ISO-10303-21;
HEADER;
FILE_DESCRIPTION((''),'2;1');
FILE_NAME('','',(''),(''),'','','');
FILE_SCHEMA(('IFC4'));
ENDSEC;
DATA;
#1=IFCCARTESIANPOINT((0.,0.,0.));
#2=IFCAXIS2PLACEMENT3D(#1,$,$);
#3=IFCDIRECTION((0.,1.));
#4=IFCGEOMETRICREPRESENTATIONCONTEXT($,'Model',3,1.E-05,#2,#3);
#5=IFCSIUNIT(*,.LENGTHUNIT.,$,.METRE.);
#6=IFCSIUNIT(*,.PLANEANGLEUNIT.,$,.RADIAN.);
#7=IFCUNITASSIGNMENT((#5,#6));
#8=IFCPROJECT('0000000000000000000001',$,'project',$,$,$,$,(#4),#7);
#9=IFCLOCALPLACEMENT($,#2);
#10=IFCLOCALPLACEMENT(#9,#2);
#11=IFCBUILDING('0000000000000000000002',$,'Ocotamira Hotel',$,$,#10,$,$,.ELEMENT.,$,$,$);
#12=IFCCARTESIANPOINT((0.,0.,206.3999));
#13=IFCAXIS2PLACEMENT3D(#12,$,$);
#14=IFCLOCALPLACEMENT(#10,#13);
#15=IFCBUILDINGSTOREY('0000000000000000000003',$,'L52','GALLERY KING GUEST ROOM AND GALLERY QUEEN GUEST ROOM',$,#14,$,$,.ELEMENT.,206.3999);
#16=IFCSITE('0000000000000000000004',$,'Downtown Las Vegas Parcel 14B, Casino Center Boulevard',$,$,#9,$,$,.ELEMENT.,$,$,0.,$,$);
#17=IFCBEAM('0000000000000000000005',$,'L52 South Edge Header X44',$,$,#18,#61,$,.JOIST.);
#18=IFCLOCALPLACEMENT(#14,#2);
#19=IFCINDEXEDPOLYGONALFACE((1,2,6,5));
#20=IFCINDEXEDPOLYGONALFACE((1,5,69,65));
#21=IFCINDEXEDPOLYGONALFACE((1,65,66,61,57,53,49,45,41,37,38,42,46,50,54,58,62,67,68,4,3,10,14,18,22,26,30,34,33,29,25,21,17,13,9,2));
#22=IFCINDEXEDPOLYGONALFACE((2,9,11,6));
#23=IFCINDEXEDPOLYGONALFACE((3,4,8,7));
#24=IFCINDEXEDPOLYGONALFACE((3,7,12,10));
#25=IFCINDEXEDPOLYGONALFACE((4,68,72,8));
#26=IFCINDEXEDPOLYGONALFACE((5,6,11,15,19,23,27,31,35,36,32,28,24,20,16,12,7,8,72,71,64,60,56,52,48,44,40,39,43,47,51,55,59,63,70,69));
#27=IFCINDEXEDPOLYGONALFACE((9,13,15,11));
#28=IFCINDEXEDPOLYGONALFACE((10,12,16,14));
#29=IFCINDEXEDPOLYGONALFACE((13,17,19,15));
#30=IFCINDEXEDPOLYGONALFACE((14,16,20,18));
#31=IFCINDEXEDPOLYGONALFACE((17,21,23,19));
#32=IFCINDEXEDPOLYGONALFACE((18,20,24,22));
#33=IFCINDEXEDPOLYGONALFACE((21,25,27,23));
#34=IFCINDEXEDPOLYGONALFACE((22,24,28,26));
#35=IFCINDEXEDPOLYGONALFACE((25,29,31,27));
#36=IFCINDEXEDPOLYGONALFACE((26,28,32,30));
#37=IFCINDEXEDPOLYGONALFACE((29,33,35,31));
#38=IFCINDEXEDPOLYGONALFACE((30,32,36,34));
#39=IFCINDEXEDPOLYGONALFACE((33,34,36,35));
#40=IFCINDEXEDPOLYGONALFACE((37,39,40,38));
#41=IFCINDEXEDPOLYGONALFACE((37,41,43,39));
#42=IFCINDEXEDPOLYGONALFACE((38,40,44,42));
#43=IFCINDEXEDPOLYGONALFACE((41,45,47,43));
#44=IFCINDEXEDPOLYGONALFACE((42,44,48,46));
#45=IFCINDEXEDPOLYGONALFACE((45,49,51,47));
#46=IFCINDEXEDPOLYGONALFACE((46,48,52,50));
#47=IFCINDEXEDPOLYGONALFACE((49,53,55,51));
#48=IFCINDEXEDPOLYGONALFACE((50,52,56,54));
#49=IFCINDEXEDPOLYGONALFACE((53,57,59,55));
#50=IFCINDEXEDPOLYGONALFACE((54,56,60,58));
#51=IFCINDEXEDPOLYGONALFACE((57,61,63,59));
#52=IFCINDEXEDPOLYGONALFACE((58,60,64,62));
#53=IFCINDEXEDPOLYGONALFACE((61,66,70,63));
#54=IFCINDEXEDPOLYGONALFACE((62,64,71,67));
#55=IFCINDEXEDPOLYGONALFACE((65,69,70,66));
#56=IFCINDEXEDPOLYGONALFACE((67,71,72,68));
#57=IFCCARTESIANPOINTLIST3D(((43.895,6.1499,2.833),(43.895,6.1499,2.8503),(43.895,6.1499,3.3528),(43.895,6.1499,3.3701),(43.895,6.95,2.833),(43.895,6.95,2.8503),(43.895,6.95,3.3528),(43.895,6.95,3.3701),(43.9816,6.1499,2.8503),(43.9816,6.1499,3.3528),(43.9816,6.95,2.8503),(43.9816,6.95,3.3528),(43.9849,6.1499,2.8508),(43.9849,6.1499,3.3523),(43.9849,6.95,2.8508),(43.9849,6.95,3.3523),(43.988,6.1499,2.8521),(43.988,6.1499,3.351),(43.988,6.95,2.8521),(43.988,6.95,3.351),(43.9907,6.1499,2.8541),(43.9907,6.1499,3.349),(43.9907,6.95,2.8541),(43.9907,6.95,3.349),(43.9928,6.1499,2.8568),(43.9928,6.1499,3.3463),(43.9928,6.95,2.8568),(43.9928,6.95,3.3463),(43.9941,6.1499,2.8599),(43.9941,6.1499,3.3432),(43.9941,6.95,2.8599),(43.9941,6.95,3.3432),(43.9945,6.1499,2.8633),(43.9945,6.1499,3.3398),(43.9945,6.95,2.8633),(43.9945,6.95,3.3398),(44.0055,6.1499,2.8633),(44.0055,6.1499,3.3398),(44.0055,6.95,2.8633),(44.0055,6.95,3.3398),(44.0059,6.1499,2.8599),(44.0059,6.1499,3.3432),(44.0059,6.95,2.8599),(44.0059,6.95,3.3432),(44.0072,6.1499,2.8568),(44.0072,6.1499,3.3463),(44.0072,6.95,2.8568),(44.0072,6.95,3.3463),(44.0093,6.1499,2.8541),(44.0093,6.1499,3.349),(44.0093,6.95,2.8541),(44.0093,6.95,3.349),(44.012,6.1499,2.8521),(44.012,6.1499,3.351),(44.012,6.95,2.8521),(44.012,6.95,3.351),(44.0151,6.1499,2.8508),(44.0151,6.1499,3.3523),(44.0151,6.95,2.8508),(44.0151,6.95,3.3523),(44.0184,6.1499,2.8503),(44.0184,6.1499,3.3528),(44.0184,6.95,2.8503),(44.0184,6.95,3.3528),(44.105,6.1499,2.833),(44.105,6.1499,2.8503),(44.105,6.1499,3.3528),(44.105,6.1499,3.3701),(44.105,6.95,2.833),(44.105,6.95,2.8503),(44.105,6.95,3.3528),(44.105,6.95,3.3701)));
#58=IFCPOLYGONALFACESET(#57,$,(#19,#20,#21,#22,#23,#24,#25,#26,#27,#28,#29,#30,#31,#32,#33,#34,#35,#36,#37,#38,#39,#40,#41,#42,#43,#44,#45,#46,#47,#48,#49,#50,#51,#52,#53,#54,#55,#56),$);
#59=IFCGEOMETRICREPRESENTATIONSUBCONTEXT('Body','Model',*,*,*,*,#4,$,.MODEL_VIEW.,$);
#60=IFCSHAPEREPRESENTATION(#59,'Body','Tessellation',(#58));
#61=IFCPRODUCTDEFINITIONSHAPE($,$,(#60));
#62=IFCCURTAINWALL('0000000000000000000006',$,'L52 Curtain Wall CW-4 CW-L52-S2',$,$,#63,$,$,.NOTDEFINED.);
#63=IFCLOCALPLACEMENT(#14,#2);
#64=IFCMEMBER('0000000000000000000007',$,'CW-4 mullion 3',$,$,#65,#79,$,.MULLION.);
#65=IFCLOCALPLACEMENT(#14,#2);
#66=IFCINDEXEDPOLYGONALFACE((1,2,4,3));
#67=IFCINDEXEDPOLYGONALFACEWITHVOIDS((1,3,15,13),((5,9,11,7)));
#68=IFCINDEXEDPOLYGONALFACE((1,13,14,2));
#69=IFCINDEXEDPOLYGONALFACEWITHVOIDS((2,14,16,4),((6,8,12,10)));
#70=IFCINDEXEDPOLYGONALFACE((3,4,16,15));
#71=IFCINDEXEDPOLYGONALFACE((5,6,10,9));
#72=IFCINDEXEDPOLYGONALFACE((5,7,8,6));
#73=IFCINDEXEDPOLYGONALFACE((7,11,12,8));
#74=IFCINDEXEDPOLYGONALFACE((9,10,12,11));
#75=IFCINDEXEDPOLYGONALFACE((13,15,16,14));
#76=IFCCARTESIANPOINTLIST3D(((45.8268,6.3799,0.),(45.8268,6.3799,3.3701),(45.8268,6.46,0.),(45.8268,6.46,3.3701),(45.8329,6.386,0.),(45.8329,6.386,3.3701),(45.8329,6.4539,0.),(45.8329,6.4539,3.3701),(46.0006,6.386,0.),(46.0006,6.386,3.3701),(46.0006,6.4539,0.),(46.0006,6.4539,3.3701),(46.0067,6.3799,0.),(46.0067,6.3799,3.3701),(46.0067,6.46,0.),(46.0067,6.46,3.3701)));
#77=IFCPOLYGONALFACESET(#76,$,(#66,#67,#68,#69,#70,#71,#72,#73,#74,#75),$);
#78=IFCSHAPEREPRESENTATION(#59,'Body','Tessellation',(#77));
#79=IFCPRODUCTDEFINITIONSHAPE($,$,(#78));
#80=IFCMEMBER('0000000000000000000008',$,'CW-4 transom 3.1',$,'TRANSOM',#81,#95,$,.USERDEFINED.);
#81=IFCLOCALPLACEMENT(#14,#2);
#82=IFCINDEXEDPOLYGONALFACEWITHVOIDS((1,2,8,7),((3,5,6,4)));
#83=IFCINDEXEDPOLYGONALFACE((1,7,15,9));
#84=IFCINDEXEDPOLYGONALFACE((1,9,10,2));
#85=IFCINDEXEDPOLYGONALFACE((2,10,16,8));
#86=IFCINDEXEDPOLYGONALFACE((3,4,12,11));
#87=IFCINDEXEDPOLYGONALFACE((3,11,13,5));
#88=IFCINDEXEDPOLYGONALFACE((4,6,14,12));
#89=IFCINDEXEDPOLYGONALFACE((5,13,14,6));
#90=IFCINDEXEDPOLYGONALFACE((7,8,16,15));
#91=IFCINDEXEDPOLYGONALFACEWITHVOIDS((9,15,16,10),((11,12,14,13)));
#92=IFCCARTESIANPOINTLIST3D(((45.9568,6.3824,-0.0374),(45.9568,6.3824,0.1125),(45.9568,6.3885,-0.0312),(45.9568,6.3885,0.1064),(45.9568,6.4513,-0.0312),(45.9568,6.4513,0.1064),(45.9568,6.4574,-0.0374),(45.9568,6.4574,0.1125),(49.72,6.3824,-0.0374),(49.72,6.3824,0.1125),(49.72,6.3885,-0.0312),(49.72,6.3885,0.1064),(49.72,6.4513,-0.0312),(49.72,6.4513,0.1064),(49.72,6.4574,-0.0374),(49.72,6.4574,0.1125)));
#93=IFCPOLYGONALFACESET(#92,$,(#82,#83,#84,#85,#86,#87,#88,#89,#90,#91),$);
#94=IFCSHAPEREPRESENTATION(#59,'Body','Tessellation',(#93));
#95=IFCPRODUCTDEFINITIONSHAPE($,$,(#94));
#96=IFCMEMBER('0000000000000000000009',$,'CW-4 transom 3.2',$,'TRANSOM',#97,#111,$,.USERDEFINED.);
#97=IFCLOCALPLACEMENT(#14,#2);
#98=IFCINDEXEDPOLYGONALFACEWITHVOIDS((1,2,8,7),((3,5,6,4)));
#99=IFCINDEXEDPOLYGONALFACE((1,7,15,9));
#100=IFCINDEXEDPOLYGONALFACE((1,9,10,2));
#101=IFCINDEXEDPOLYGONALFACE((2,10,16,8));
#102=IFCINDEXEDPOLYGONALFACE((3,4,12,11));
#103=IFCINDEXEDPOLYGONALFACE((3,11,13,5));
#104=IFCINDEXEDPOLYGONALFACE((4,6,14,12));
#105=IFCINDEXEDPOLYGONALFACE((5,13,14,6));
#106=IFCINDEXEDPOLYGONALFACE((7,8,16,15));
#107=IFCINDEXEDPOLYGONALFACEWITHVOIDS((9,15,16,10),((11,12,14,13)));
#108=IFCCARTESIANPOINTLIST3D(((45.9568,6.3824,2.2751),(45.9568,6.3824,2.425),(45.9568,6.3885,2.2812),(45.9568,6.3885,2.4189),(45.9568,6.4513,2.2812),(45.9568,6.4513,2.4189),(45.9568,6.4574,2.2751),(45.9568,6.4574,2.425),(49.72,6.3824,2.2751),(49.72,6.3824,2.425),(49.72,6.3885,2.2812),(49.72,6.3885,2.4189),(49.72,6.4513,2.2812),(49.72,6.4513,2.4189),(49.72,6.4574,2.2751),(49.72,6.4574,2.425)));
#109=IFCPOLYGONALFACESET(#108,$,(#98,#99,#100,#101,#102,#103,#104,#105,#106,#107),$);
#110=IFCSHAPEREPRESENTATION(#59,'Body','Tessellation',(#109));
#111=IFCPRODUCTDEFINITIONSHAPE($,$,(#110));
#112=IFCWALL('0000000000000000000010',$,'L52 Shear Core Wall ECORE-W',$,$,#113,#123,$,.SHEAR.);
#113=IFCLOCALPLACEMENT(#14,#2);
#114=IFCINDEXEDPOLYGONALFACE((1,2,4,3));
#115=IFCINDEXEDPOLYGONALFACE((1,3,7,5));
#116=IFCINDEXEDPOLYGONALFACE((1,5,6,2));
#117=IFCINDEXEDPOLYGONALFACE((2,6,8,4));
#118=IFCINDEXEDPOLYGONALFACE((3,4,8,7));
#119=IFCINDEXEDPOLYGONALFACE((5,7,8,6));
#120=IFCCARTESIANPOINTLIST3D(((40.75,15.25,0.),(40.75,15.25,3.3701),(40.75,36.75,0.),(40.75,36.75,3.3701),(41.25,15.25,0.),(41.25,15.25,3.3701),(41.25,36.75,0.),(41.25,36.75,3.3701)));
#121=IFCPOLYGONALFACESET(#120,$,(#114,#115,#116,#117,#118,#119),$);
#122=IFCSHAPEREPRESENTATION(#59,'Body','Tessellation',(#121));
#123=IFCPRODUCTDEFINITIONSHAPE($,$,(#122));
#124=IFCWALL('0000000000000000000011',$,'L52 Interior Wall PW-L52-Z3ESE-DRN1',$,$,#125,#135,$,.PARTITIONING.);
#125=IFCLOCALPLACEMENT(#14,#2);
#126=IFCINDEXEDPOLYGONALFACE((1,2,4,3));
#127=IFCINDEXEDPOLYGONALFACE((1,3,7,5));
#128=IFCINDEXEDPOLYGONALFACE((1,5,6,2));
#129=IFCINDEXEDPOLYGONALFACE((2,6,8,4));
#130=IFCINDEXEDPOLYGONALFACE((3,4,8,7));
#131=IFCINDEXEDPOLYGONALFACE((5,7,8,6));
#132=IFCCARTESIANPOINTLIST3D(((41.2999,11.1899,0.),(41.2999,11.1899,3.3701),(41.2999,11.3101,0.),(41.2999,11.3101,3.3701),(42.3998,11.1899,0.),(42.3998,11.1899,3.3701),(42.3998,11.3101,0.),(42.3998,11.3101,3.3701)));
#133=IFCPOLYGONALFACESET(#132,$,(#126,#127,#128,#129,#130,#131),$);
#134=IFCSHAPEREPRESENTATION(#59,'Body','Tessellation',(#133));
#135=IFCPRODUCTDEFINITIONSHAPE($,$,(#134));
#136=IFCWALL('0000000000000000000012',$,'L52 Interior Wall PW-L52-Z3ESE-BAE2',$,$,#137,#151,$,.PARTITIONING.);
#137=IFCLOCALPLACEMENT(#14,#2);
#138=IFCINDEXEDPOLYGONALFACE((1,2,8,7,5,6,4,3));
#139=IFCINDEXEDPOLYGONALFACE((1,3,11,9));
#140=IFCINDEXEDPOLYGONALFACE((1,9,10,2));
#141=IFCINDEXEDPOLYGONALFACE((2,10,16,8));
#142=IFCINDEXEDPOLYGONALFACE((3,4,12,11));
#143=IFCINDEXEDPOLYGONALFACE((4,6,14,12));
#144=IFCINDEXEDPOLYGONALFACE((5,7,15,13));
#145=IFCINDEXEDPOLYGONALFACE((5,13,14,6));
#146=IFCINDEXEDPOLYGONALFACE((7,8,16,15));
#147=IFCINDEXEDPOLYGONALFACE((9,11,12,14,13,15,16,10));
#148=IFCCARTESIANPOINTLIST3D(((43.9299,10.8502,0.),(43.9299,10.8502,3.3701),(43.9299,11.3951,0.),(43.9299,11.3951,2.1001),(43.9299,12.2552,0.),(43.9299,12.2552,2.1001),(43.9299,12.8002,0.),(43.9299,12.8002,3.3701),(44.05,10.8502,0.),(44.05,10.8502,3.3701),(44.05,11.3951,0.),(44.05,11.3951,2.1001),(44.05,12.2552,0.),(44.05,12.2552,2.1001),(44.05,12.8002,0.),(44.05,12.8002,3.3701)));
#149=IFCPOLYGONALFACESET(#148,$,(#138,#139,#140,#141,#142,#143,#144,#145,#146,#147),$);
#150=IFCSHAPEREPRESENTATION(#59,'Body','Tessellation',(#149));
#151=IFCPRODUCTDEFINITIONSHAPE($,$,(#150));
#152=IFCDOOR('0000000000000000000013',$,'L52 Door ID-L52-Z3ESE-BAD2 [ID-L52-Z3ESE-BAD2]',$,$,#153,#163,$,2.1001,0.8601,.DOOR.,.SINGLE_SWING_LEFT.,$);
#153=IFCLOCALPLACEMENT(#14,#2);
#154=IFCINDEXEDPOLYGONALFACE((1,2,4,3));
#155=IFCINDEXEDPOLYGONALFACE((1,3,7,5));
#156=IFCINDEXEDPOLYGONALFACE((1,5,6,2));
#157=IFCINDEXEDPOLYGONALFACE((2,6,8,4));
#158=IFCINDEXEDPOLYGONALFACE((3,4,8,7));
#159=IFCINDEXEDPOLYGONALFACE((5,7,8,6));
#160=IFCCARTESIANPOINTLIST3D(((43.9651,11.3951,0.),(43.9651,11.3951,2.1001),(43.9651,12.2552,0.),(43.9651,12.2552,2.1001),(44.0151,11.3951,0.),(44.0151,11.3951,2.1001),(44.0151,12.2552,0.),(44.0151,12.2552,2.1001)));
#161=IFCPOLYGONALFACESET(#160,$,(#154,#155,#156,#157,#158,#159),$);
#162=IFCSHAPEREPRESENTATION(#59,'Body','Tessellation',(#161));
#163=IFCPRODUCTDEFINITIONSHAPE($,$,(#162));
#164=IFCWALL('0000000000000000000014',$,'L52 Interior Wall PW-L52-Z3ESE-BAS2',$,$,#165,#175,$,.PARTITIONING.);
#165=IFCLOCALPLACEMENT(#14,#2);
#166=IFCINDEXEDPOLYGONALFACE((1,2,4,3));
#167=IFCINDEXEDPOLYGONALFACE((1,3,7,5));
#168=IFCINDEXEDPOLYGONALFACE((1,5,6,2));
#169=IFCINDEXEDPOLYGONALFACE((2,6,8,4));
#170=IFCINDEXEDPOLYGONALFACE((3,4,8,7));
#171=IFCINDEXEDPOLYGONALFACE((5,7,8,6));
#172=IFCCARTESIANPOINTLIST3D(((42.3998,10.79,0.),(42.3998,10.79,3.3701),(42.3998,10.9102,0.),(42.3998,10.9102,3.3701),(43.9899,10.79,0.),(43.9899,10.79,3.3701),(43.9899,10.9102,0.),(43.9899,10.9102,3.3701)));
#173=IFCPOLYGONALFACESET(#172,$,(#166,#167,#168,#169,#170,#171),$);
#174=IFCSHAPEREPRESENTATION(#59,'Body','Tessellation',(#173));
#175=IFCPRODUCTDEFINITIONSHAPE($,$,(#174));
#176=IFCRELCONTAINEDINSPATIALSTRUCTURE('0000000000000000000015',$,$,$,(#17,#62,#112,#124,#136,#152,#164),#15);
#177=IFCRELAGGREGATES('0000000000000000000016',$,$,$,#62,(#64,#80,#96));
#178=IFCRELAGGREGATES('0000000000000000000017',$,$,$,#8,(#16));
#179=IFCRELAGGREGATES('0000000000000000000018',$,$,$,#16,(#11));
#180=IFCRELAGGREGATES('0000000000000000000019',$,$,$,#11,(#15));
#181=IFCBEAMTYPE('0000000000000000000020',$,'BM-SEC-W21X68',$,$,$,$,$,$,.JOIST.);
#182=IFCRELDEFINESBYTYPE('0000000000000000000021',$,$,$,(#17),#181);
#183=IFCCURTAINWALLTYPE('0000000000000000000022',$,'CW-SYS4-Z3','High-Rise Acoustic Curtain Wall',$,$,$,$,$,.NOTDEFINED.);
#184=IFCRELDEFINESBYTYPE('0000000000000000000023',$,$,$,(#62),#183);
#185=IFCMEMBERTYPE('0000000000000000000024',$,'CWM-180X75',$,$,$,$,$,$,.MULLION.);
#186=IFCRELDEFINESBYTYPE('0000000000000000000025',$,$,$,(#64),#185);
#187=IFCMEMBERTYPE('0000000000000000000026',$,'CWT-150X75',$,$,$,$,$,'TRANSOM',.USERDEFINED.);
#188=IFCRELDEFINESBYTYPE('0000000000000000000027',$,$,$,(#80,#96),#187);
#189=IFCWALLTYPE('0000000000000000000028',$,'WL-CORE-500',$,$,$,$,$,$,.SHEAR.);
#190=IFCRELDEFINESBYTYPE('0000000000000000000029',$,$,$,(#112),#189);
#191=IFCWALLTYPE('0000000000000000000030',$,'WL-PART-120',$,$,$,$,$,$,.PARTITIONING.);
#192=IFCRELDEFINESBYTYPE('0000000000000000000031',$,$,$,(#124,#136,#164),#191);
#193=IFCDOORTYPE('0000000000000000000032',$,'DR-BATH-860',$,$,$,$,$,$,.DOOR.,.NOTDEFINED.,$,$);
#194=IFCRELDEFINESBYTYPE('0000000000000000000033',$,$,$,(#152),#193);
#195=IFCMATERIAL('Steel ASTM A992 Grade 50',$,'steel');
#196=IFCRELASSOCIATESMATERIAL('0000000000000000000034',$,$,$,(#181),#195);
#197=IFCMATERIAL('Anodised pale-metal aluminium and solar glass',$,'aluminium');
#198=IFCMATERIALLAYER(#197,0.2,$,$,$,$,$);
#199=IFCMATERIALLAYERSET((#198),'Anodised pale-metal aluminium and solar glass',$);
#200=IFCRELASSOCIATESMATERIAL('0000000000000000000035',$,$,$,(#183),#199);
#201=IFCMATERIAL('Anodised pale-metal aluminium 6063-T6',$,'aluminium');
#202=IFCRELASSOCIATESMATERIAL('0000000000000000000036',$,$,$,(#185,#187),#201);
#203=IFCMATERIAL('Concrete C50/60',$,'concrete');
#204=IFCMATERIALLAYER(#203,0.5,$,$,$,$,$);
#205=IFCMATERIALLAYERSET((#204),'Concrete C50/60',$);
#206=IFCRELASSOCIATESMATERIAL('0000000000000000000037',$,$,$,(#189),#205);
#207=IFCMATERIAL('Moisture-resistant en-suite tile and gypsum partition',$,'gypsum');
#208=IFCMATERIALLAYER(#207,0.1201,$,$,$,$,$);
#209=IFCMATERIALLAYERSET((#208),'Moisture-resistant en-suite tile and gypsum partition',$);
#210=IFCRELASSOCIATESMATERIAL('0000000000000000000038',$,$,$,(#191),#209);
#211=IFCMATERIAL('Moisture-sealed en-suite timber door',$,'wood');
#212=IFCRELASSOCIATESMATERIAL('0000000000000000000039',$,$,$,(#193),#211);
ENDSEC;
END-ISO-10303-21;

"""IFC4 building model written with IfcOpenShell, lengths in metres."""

from ifc_helpers import new_model, si_unit, direction, frame, frame_2d, origin, origin_2d, place, context, subcontext, project, spatial, rectangle, hollow_rectangle, i_section, extrude, source, transform, mapped, material, layer, layer_set, material_profile, profile_set, type_object, element, fill, aggregate, save


model = new_model("IFC4")

# Units and contexts
model_context = context("Model", 3, precision=1e-05, world=origin(), true_north=direction((0.0, 1.0)))
body_context = subcontext(model_context, "Body", "Model", "MODEL_VIEW")
ifc_project = project(units=[si_unit("LENGTHUNIT", "METRE"), si_unit("PLANEANGLEUNIT", "RADIAN")], contexts=[model_context])

# Site, building, storey
site_placement = place(None, origin())
site = spatial("IfcSite", under=ifc_project, at=site_placement, Name="Downtown Las Vegas Parcel 14B, Casino Center Boulevard", CompositionType="ELEMENT", RefElevation=0.0)
building_placement = place(site_placement, origin())
building = spatial("IfcBuilding", under=site, at=building_placement, Name="Ocotamira Hotel", CompositionType="ELEMENT")
storey_placement = place(building_placement, frame((0.0, 0.0, 206.3999)))
storey = spatial("IfcBuildingStorey", under=building, at=storey_placement, Name="L52", Description="GALLERY KING GUEST ROOM AND GALLERY QUEEN GUEST ROOM", CompositionType="ELEMENT", Elevation=206.3999)

# Beam
ifc_material_1 = material(Name="Steel ASTM A992 Grade 50", Category="steel")
ifc_material_profile_1 = material_profile(ifc_material_1, i_section(OverallWidth=0.21, OverallDepth=0.5371, WebThickness=0.011, FlangeThickness=0.0173, FilletRadius=0.0129, at=origin_2d()), Name="W21X68")
ifc_profile_set_1 = profile_set([ifc_material_profile_1], Name="Steel ASTM A992 Grade 50")
beam_type_1 = type_object("IfcBeamType", Name="BM-SEC-W21X68", PredefinedType="JOIST", material=ifc_profile_set_1)
shared_shape_1 = source(origin(), body_context, "Body", "SweptSolid", [
    extrude(i_section(OverallWidth=0.21, OverallDepth=0.5371, WebThickness=0.011, FlangeThickness=0.0173, FilletRadius=0.0129, at=origin_2d()), origin(), (0.0, 0.0, 1.0), 0.8),
])
beam_1_placement = place(storey_placement, frame((44.0, 6.95, 3.1016), z_axis=(0.0, -1.0, 0.0), x_axis=(1.0, 0.0, 0.0)))
element("IfcBeam", 1, at=beam_1_placement, inside=storey, type_object=beam_type_1, Name="L52 South Edge Header X44", PredefinedType="JOIST", context=body_context, shape_type="MappedRepresentation", body=[
    mapped(shared_shape_1, transform((0.0, 0.0, 0.0), scale=1.0)),
])

# Curtain wall, members
ifc_material_2 = material(Name="Anodised pale-metal aluminium and solar glass", Category="aluminium")
ifc_layer_1 = layer(ifc_material_2, 0.2)
ifc_layer_set_1 = layer_set([ifc_layer_1], Name="Anodised pale-metal aluminium and solar glass")
curtain_wall_type = type_object("IfcCurtainWallType", Name="CW-SYS4-Z3", Description="High-Rise Acoustic Curtain Wall", PredefinedType="NOTDEFINED", material=ifc_layer_set_1)
curtain_wall_placement = place(storey_placement, origin())
curtain_wall = element("IfcCurtainWall", 2, at=curtain_wall_placement, inside=storey, type_object=curtain_wall_type, Name="L52 Curtain Wall CW-4 CW-L52-S2", PredefinedType="NOTDEFINED")
ifc_material_3 = material(Name="Anodised pale-metal aluminium 6063-T6", Category="aluminium")
ifc_material_profile_2 = material_profile(ifc_material_3, hollow_rectangle(XDim=0.0801, YDim=0.1799, WallThickness=0.0061, at=origin_2d()), Name="HSS180X80X6")
ifc_profile_set_2 = profile_set([ifc_material_profile_2], Name="Anodised pale-metal aluminium 6063-T6")
member_type_1 = type_object("IfcMemberType", Name="CWM-180X75", PredefinedType="MULLION", material=ifc_profile_set_2)
shared_shape_2 = source(origin(), body_context, "Body", "SweptSolid", [
    extrude(hollow_rectangle(XDim=0.0801, YDim=0.1799, WallThickness=0.0061, at=origin_2d()), origin(), (0.0, 0.0, 1.0), 3.3701),
])
member_1_placement = place(storey_placement, frame((45.9167, 6.4199, 0.0), z_axis=(0.0, 0.0, 1.0), x_axis=(0.0, 1.0, 0.0)))
member_1 = element("IfcMember", 3, at=member_1_placement, type_object=member_type_1, Name="CW-4 mullion 3", PredefinedType="MULLION", context=body_context, shape_type="MappedRepresentation", body=[
    mapped(shared_shape_2, transform((0.0, 0.0, 0.0), scale=1.0)),
])
ifc_material_profile_3 = material_profile(ifc_material_3, hollow_rectangle(XDim=0.075, YDim=0.1499, WallThickness=0.0061, at=origin_2d()), Name="HSS150X75X6")
ifc_profile_set_3 = profile_set([ifc_material_profile_3], Name="Anodised pale-metal aluminium 6063-T6")
member_type_2 = type_object("IfcMemberType", Name="CWT-150X75", ElementType="TRANSOM", PredefinedType="USERDEFINED", material=ifc_profile_set_3)
shared_shape_3 = source(origin(), body_context, "Body", "SweptSolid", [
    extrude(hollow_rectangle(XDim=0.075, YDim=0.1499, WallThickness=0.0061, at=origin_2d()), origin(), (0.0, 0.0, 1.0), 3.7632),
])
member_2_placement = place(storey_placement, frame((45.9568, 6.4199, 0.0376), z_axis=(1.0, 0.0, 0.0), x_axis=(0.0, 1.0, 0.0)))
member_2 = element("IfcMember", 4, at=member_2_placement, type_object=member_type_2, Name="CW-4 transom 3.1", ObjectType="TRANSOM", PredefinedType="USERDEFINED", context=body_context, shape_type="MappedRepresentation", body=[
    mapped(shared_shape_3, transform((0.0, 0.0, 0.0), scale=1.0)),
])
member_3_placement = place(storey_placement, frame((45.9568, 6.4199, 2.3501), z_axis=(1.0, 0.0, 0.0), x_axis=(0.0, 1.0, 0.0)))
member_3 = element("IfcMember", 5, at=member_3_placement, type_object=member_type_2, Name="CW-4 transom 3.2", ObjectType="TRANSOM", PredefinedType="USERDEFINED", context=body_context, shape_type="MappedRepresentation", body=[
    mapped(shared_shape_3, transform((0.0, 0.0, 0.0), scale=1.0)),
])
aggregate(curtain_wall, [member_1, member_2, member_3])

# Shared definitions
ifc_material_4 = material(Name="Concrete C50/60", Category="concrete")
ifc_layer_2 = layer(ifc_material_4, 0.5)
ifc_layer_set_2 = layer_set([ifc_layer_2], Name="Concrete C50/60")
wall_type_1 = type_object("IfcWallType", Name="WL-CORE-500", PredefinedType="SHEAR", material=ifc_layer_set_2)

# Walls
wall_1_placement = place(storey_placement, frame((41.0, 15.25, 0.0), z_axis=(0.0, 0.0, 1.0), x_axis=(0.0, 1.0, 0.0)))
element("IfcWall", 6, at=wall_1_placement, inside=storey, type_object=wall_type_1, Name="L52 Shear Core Wall ECORE-W", PredefinedType="SHEAR", context=body_context, shape_type="SweptSolid", body=[
    extrude(rectangle(XDim=21.5, YDim=0.5, at=frame_2d((10.75, 0.0))), origin(), (0.0, 0.0, 1.0), 3.3701),
])
ifc_material_5 = material(Name="Moisture-resistant en-suite tile and gypsum partition", Category="gypsum")
ifc_layer_3 = layer(ifc_material_5, 0.1201)
ifc_layer_set_3 = layer_set([ifc_layer_3], Name="Moisture-resistant en-suite tile and gypsum partition")
wall_type_2 = type_object("IfcWallType", Name="WL-PART-120", PredefinedType="PARTITIONING", material=ifc_layer_set_3)
wall_2_placement = place(storey_placement, frame((41.3, 11.25, 0.0), z_axis=(0.0, 0.0, 1.0), x_axis=(1.0, 0.0, 0.0)))
element("IfcWall", 7, at=wall_2_placement, inside=storey, type_object=wall_type_2, Name="L52 Interior Wall PW-L52-Z3ESE-DRN1", PredefinedType="PARTITIONING", context=body_context, shape_type="SweptSolid", body=[
    extrude(rectangle(XDim=1.0999, YDim=0.1201, at=frame_2d((0.5498, 0.0))), origin(), (0.0, 0.0, 1.0), 3.3701),
])

# Wall, opening, door
wall_3_placement = place(storey_placement, frame((43.99, 10.8501, 0.0), z_axis=(0.0, 0.0, 1.0), x_axis=(0.0, 1.0, 0.0)))
wall_3 = element("IfcWall", 8, at=wall_3_placement, inside=storey, type_object=wall_type_2, Name="L52 Interior Wall PW-L52-Z3ESE-BAE2", PredefinedType="PARTITIONING", context=body_context, shape_type="SweptSolid", body=[
    extrude(rectangle(XDim=1.95, YDim=0.1201, at=frame_2d((0.9751, 0.0))), origin(), (0.0, 0.0, 1.0), 3.3701),
])
opening_1_placement = place(wall_3_placement, frame((0.5449, 0.0, 0.0)))
opening_1 = element("IfcOpeningElement", 9, at=opening_1_placement, cuts=wall_3, PredefinedType="OPENING", context=body_context, shape_type="SweptSolid", body=[
    extrude(rectangle(XDim=0.8601, YDim=2.1001, at=frame_2d((0.4302, 1.05))), frame((0.0, 0.0701, 0.0), z_axis=(0.0, -1.0, 0.0), x_axis=(1.0, 0.0, 0.0)), (0.0, 0.0, 1.0), 0.1401),
])
ifc_material_6 = material(Name="Moisture-sealed en-suite timber door", Category="wood")
door_type_1 = type_object("IfcDoorType", Name="DR-BATH-860", OperationType="NOTDEFINED", PredefinedType="DOOR", material=ifc_material_6)
shared_shape_4 = source(origin(), body_context, "Body", "SweptSolid", [
    extrude(rectangle(XDim=0.8601, YDim=2.1001, at=frame_2d((0.4302, 1.05))), frame((0.0, 0.0249, 0.0), z_axis=(0.0, -1.0, 0.0), x_axis=(1.0, 0.0, 0.0)), (0.0, 0.0, 1.0), 0.05),
])
door_1_placement = place(opening_1_placement, origin())
door_1 = element("IfcDoor", 10, at=door_1_placement, inside=storey, type_object=door_type_1, Name="L52 Door ID-L52-Z3ESE-BAD2 [ID-L52-Z3ESE-BAD2]", OperationType="SINGLE_SWING_LEFT", OverallHeight=2.1001, OverallWidth=0.8601, PredefinedType="DOOR", context=body_context, shape_type="MappedRepresentation", body=[
    mapped(shared_shape_4, transform((0.0, 0.0, 0.0), scale=1.0)),
])
fill(opening_1, door_1)

# Wall
wall_4_placement = place(storey_placement, frame((42.3999, 10.8501, 0.0), z_axis=(0.0, 0.0, 1.0), x_axis=(1.0, 0.0, 0.0)))
element("IfcWall", 11, at=wall_4_placement, inside=storey, type_object=wall_type_2, Name="L52 Interior Wall PW-L52-Z3ESE-BAS2", PredefinedType="PARTITIONING", context=body_context, shape_type="SweptSolid", body=[
    extrude(rectangle(XDim=1.5901, YDim=0.1201, at=frame_2d((0.7949, 0.0))), origin(), (0.0, 0.0, 1.0), 3.3701),
])

save(model, "model.ifc")
